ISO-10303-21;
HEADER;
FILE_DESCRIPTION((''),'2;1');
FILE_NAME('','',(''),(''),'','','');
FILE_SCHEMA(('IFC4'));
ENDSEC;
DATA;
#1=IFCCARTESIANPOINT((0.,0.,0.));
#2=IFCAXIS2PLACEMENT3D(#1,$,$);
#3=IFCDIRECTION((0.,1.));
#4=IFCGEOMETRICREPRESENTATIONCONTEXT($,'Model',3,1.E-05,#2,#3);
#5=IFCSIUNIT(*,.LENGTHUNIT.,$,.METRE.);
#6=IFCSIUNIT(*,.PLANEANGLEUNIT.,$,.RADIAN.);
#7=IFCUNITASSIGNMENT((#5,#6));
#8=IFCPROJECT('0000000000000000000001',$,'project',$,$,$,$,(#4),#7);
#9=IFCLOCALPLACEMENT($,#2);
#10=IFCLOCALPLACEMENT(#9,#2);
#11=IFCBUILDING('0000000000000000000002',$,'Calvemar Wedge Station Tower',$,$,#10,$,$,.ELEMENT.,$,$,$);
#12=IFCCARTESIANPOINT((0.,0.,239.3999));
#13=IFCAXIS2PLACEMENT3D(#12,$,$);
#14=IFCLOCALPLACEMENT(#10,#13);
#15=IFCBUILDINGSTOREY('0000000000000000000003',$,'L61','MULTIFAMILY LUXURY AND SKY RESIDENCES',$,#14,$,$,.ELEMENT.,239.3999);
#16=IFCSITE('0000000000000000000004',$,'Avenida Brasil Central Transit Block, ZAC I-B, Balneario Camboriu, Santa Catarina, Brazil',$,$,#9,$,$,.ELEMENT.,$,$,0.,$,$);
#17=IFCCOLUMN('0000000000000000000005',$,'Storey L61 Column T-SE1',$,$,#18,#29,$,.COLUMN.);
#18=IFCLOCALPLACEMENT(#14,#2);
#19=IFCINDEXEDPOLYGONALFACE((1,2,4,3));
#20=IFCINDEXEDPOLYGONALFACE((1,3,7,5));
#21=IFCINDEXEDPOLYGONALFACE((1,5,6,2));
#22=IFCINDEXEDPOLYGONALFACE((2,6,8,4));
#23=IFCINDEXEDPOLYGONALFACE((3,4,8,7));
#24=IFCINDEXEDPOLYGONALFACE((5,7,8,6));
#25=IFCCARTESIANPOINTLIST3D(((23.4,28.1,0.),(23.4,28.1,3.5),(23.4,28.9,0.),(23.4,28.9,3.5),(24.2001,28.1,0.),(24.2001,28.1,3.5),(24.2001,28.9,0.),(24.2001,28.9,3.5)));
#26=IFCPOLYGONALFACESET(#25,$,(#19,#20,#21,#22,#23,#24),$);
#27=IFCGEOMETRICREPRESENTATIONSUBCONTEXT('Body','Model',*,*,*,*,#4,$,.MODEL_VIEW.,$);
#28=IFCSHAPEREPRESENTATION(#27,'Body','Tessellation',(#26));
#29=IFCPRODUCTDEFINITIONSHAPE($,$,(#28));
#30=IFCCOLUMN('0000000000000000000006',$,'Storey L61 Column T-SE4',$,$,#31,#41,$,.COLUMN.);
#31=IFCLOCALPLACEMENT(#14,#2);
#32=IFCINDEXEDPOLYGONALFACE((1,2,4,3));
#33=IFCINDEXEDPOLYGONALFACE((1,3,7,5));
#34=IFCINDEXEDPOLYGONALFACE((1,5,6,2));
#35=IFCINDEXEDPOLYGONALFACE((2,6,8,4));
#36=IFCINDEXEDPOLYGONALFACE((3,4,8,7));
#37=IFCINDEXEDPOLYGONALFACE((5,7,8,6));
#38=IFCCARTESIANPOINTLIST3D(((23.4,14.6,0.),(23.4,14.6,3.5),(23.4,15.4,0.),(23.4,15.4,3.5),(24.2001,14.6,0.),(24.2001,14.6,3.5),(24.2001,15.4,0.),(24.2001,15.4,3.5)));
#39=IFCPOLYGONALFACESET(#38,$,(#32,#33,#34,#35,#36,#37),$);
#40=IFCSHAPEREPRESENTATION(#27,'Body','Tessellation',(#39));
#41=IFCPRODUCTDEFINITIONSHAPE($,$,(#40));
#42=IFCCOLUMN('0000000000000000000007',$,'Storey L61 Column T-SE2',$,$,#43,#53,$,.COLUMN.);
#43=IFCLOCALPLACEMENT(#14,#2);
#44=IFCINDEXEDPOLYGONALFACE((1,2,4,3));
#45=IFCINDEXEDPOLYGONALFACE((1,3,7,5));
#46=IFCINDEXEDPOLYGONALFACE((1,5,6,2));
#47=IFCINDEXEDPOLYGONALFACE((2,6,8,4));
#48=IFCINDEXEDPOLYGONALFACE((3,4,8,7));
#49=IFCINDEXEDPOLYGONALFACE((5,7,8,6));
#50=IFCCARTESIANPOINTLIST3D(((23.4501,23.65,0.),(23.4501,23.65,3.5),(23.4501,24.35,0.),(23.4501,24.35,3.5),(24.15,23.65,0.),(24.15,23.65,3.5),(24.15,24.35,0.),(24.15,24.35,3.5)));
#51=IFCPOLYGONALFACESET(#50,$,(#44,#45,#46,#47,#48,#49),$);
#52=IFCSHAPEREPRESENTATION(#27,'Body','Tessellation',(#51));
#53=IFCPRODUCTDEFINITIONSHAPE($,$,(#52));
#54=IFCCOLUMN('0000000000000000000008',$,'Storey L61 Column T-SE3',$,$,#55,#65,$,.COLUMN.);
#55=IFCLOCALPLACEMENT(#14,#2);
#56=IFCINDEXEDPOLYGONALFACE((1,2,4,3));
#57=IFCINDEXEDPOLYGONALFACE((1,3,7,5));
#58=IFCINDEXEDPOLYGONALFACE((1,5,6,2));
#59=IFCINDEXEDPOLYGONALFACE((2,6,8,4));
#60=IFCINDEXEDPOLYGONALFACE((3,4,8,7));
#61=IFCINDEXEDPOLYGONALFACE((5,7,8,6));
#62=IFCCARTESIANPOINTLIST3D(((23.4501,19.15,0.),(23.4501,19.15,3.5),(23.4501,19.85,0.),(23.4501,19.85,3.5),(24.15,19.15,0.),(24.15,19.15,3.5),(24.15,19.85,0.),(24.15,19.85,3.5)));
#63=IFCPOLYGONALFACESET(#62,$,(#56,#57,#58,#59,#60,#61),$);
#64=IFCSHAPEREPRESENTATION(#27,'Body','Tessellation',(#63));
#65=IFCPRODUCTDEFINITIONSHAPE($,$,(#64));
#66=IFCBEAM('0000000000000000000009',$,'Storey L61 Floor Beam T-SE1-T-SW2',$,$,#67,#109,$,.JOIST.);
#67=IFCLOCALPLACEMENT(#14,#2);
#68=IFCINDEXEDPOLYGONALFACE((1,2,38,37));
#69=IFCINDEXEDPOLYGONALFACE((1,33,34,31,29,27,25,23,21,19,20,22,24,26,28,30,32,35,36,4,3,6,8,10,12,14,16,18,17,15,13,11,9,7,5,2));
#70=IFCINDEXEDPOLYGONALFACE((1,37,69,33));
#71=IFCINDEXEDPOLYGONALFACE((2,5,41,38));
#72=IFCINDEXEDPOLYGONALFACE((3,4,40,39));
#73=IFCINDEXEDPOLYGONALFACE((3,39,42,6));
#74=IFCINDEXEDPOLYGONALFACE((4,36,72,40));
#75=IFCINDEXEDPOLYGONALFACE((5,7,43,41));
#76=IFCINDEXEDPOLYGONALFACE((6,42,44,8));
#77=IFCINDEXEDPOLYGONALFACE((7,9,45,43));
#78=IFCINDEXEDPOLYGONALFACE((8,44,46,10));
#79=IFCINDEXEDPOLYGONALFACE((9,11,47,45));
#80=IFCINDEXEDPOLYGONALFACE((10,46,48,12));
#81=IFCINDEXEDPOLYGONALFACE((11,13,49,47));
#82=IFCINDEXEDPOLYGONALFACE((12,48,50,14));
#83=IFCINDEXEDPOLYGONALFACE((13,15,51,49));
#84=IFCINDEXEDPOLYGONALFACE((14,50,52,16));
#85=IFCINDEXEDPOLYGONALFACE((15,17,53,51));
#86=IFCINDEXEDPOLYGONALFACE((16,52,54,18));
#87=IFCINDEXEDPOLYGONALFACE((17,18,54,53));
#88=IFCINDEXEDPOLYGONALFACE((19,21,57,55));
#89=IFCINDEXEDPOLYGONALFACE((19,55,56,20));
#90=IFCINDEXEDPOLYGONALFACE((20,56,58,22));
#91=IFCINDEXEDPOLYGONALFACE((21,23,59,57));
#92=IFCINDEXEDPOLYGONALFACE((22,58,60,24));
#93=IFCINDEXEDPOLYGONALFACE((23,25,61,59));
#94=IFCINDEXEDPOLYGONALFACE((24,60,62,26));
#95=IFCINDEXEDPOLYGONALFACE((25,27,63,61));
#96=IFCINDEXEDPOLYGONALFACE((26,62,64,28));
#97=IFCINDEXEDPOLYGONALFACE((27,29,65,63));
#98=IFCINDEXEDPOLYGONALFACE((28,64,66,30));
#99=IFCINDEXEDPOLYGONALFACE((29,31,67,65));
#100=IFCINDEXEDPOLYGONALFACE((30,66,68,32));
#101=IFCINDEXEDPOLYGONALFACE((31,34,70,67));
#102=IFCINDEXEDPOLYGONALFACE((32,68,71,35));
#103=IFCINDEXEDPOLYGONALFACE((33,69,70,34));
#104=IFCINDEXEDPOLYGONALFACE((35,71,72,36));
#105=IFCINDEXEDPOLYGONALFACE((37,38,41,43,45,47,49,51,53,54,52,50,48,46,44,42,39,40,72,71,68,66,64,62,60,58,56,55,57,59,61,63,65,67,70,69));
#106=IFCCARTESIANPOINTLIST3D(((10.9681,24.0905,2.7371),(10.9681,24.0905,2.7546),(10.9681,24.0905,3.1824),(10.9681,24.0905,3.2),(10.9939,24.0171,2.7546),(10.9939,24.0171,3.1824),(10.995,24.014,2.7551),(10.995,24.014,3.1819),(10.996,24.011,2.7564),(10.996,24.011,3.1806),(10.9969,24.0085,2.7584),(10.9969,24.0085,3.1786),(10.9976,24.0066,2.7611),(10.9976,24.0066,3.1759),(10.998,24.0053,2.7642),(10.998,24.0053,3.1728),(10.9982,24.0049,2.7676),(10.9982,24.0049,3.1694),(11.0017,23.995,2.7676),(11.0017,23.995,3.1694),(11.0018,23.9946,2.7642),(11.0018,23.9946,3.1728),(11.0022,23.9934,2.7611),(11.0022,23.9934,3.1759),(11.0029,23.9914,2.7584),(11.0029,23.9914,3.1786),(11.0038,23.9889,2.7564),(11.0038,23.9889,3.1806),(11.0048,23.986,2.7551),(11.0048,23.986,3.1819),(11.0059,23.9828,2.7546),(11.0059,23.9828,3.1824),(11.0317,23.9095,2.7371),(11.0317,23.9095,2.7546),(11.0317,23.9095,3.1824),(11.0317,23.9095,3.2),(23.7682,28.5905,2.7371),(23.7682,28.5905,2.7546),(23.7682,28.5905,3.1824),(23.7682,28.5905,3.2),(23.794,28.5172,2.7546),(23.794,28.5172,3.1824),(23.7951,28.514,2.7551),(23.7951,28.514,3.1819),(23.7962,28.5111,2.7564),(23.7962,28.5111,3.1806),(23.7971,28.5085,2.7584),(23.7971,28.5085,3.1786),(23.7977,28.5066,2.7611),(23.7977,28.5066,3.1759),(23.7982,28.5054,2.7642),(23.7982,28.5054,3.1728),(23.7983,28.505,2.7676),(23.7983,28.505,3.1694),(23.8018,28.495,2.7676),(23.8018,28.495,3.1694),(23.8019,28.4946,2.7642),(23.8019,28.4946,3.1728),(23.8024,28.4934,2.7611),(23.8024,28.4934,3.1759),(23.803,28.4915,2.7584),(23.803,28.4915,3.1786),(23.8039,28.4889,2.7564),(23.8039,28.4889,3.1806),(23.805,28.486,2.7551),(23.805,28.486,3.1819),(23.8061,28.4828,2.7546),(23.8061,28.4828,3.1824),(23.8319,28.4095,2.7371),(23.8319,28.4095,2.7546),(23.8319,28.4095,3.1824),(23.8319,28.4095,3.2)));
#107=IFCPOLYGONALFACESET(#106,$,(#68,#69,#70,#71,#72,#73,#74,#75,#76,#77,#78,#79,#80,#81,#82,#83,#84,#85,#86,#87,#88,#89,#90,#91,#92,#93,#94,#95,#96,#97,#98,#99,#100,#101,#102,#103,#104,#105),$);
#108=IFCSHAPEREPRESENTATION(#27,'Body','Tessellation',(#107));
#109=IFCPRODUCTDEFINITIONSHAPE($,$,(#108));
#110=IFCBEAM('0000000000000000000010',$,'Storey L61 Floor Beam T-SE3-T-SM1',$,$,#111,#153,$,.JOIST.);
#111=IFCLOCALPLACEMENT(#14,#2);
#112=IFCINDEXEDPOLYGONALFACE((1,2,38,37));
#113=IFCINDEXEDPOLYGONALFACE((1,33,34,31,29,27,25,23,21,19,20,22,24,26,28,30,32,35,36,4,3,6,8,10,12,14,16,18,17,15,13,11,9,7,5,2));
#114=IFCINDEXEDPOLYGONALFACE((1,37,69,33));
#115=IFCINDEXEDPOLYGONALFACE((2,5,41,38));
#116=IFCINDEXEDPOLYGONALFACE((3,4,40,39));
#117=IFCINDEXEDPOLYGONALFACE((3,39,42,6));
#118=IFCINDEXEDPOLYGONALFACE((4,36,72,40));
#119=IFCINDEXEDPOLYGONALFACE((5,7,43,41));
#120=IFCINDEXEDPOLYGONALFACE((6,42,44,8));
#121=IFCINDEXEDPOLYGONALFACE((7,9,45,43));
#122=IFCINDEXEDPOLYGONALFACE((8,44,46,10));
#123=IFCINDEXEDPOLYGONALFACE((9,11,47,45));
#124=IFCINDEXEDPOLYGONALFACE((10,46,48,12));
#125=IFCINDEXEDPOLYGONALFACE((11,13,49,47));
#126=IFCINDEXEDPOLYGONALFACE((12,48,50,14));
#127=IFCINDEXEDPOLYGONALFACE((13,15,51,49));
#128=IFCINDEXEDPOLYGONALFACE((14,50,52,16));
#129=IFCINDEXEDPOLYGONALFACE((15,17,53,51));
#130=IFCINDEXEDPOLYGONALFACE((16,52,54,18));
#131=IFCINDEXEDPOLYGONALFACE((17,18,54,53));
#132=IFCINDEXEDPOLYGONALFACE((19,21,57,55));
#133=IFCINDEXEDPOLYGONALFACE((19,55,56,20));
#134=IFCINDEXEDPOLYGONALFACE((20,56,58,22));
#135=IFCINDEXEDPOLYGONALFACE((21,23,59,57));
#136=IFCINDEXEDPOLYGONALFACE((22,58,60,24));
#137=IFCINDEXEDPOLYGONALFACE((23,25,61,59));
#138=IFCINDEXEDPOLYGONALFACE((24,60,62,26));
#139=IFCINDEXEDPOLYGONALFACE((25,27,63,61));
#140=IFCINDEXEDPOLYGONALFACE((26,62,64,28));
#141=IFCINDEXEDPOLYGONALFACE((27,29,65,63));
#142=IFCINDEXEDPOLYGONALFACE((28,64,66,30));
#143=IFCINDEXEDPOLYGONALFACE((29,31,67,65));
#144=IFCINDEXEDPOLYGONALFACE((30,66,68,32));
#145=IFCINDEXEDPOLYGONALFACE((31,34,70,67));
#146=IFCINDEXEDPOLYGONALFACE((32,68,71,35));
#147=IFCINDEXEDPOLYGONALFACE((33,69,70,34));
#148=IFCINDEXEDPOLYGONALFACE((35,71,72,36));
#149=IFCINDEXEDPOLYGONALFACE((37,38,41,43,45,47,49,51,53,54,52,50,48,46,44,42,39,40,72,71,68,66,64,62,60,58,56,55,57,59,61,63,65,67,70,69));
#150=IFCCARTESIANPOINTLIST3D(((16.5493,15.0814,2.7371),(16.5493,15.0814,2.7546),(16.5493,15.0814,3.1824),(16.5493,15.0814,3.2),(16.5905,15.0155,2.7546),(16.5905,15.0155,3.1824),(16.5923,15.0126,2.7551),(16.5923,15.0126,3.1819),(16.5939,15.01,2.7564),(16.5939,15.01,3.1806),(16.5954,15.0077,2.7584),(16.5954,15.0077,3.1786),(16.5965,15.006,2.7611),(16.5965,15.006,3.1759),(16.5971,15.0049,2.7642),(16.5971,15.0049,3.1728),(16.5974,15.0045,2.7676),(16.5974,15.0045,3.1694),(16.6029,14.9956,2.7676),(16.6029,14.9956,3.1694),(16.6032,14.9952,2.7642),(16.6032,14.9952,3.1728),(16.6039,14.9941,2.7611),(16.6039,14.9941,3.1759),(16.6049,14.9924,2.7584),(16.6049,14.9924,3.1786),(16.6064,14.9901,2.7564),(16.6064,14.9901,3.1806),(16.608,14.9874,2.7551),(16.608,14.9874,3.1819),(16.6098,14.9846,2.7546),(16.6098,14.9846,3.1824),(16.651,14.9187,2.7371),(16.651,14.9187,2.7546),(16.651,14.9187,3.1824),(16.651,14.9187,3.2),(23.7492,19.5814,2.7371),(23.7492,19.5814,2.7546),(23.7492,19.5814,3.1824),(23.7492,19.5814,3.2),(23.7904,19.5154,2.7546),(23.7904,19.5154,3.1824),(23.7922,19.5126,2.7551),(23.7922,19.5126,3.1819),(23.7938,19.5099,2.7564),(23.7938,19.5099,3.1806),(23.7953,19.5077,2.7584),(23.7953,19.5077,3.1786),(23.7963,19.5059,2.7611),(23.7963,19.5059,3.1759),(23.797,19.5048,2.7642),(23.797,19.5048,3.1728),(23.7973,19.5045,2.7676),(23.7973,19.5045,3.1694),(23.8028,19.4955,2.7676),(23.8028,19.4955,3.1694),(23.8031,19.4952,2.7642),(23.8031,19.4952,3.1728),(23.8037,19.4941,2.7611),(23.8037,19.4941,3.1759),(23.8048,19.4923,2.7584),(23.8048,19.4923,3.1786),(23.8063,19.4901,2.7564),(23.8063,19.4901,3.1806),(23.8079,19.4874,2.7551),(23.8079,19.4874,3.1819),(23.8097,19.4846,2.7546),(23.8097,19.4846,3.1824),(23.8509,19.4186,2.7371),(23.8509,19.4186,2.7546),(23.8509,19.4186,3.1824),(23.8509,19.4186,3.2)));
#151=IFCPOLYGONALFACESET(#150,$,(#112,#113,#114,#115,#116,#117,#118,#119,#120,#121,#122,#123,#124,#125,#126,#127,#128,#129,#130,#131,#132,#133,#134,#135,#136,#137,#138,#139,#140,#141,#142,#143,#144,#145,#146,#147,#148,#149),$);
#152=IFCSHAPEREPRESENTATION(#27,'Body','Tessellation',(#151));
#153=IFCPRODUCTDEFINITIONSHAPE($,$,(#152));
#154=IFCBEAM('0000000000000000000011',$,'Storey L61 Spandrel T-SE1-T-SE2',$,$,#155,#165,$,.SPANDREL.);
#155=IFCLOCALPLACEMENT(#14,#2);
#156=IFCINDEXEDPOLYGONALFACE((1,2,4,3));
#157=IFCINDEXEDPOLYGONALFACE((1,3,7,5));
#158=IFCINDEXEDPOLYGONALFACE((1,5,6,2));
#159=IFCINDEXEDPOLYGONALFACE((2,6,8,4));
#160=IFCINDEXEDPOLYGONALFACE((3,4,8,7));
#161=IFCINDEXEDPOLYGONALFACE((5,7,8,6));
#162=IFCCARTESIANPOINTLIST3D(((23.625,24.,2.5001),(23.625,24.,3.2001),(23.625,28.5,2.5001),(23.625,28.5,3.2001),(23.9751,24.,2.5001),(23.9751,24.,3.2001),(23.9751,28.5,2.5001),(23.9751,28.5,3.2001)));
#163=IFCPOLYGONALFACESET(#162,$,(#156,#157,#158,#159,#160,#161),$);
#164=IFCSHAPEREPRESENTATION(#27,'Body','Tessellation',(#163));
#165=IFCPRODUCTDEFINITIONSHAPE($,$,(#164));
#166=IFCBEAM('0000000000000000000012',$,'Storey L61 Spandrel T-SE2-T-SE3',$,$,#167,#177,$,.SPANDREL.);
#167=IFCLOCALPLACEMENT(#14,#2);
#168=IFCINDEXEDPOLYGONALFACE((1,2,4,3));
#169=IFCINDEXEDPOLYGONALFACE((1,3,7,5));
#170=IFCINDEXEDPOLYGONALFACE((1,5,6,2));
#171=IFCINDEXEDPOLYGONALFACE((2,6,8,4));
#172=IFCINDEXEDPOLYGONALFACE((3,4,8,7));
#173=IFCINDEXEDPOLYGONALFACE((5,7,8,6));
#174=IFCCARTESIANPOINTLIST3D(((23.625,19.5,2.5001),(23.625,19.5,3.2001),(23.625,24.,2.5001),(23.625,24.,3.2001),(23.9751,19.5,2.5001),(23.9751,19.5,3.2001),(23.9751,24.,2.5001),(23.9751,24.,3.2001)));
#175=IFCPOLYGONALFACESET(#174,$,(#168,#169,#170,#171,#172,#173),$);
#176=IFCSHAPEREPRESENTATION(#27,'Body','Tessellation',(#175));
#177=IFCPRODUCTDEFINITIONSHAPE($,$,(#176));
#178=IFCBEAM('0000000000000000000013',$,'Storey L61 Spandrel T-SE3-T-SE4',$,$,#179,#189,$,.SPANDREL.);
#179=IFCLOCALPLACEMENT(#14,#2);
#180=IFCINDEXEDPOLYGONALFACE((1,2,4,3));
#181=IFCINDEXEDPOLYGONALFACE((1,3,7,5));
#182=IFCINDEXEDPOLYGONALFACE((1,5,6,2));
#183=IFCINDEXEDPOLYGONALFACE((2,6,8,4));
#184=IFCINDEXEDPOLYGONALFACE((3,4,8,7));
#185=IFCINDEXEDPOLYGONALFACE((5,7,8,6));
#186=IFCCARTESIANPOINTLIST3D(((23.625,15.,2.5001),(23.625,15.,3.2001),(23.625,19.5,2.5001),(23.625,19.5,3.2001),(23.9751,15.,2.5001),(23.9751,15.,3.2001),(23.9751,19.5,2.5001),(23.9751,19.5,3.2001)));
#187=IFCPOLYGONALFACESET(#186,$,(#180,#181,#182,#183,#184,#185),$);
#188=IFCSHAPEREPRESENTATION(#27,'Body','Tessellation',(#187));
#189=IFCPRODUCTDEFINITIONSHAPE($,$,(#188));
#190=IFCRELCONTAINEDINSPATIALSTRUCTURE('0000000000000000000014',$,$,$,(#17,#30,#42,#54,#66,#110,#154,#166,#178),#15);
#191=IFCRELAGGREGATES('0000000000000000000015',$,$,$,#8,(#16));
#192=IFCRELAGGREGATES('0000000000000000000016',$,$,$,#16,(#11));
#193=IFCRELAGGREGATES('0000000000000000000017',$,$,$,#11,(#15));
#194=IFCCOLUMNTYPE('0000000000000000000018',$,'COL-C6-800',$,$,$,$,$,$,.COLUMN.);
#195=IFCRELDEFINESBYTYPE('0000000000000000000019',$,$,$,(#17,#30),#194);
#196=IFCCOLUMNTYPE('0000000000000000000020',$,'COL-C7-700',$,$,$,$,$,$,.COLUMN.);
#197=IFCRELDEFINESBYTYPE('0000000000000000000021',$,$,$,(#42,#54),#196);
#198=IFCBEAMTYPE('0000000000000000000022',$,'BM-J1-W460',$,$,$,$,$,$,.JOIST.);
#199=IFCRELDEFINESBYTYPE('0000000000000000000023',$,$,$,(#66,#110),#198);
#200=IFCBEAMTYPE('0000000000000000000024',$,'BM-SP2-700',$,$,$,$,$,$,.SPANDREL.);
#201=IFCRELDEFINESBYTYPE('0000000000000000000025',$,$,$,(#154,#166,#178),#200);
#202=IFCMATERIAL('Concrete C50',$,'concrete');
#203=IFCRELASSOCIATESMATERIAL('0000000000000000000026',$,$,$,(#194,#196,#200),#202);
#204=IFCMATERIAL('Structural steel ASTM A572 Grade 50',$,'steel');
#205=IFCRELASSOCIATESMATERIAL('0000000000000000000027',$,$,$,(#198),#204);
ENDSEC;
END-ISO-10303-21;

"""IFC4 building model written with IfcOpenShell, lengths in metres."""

from ifc_helpers import new_model, si_unit, direction, frame, origin, origin_2d, place, context, subcontext, project, spatial, rectangle, i_section, extrude, source, transform, mapped, material, material_profile, profile_set, type_object, element, save


model = new_model("IFC4")

# Units and contexts
model_context = context("Model", 3, precision=1e-05, world=origin(), true_north=direction((0.0, 1.0)))
body_context = subcontext(model_context, "Body", "Model", "MODEL_VIEW")
ifc_project = project(units=[si_unit("LENGTHUNIT", "METRE"), si_unit("PLANEANGLEUNIT", "RADIAN")], contexts=[model_context])

# Site, building, storey
site_placement = place(None, origin())
site = spatial("IfcSite", under=ifc_project, at=site_placement, Name="Avenida Brasil Central Transit Block, ZAC I-B, Balneario Camboriu, Santa Catarina, Brazil", CompositionType="ELEMENT", RefElevation=0.0)
building_placement = place(site_placement, origin())
building = spatial("IfcBuilding", under=site, at=building_placement, Name="Calvemar Wedge Station Tower", CompositionType="ELEMENT")
storey_placement = place(building_placement, frame((0.0, 0.0, 239.3999)))
storey = spatial("IfcBuildingStorey", under=building, at=storey_placement, Name="L61", Description="MULTIFAMILY LUXURY AND SKY RESIDENCES", CompositionType="ELEMENT", Elevation=239.3999)

# Columns
ifc_material_1 = material(Name="Concrete C50", Category="concrete")
ifc_material_profile_1 = material_profile(ifc_material_1, rectangle(XDim=0.8, YDim=0.8, at=origin_2d()), Name="RC800x800")
ifc_profile_set_1 = profile_set([ifc_material_profile_1], Name="Concrete C50")
column_type_1 = type_object("IfcColumnType", Name="COL-C6-800", PredefinedType="COLUMN", material=ifc_profile_set_1)
shared_shape_1 = source(origin(), body_context, "Body", "SweptSolid", [
    extrude(rectangle(XDim=0.8, YDim=0.8, at=origin_2d()), origin(), (0.0, 0.0, 1.0), 3.5),
])
for number, where, z_axis, x_axis, name in (
    (1, (23.8, 28.5, 0.0), (0.0, 0.0, 1.0), (1.0, 0.0, 0.0), "Storey L61 Column T-SE1"),
    (2, (23.8, 15.0, 0.0), (0.0, 0.0, 1.0), (1.0, 0.0, 0.0), "Storey L61 Column T-SE4"),
):
    element("IfcColumn", number, at=place(storey_placement, frame(where, z_axis=z_axis, x_axis=x_axis)), inside=storey, type_object=column_type_1, Name=name, PredefinedType="COLUMN", context=body_context, shape_type="MappedRepresentation", body=[
        mapped(shared_shape_1, transform((0.0, 0.0, 0.0), scale=1.0)),
    ])
ifc_material_profile_2 = material_profile(ifc_material_1, rectangle(XDim=0.7, YDim=0.7, at=origin_2d()), Name="RC700x700")
ifc_profile_set_2 = profile_set([ifc_material_profile_2], Name="Concrete C50")
column_type_2 = type_object("IfcColumnType", Name="COL-C7-700", PredefinedType="COLUMN", material=ifc_profile_set_2)
shared_shape_2 = source(origin(), body_context, "Body", "SweptSolid", [
    extrude(rectangle(XDim=0.7, YDim=0.7, at=origin_2d()), origin(), (0.0, 0.0, 1.0), 3.5),
])
for number, where, z_axis, x_axis, name in (
    (3, (23.8, 24.0, 0.0), (0.0, 0.0, 1.0), (1.0, 0.0, 0.0), "Storey L61 Column T-SE2"),
    (4, (23.8, 19.5, 0.0), (0.0, 0.0, 1.0), (1.0, 0.0, 0.0), "Storey L61 Column T-SE3"),
):
    element("IfcColumn", number, at=place(storey_placement, frame(where, z_axis=z_axis, x_axis=x_axis)), inside=storey, type_object=column_type_2, Name=name, PredefinedType="COLUMN", context=body_context, shape_type="MappedRepresentation", body=[
        mapped(shared_shape_2, transform((0.0, 0.0, 0.0), scale=1.0)),
    ])

# Beams
ifc_material_2 = material(Name="Structural steel ASTM A572 Grade 50", Category="steel")
ifc_material_profile_3 = material_profile(ifc_material_2, i_section(OverallWidth=0.1919, OverallDepth=0.4629, WebThickness=0.0105, FlangeThickness=0.0176, FilletRadius=0.0129, at=origin_2d()), Name="W460x89")
ifc_profile_set_3 = profile_set([ifc_material_profile_3], Name="Structural steel ASTM A572 Grade 50")
beam_type_1 = type_object("IfcBeamType", Name="BM-J1-W460", PredefinedType="JOIST", material=ifc_profile_set_3)
shared_shape_3 = source(origin(), body_context, "Body", "SweptSolid", [
    extrude(i_section(OverallWidth=0.1919, OverallDepth=0.4629, WebThickness=0.0105, FlangeThickness=0.0176, FilletRadius=0.0129, at=origin_2d()), origin(), (0.0, 0.0, 1.0), 13.5681),
])
beam_1_placement = place(storey_placement, frame((23.8, 28.5, 2.9685), z_axis=(-0.943398, -0.331662, 0.0), x_axis=(0.331662, -0.943398, 0.0)))
element("IfcBeam", 5, at=beam_1_placement, inside=storey, type_object=beam_type_1, Name="Storey L61 Floor Beam T-SE1-T-SW2", PredefinedType="JOIST", context=body_context, shape_type="MappedRepresentation", body=[
    mapped(shared_shape_3, transform((0.0, 0.0, 0.0), scale=1.0)),
])
shared_shape_4 = source(origin(), body_context, "Body", "SweptSolid", [
    extrude(i_section(OverallWidth=0.1919, OverallDepth=0.4629, WebThickness=0.0105, FlangeThickness=0.0176, FilletRadius=0.0129, at=origin_2d()), origin(), (0.0, 0.0, 1.0), 8.4905),
])
beam_2_placement = place(storey_placement, frame((23.8, 19.5, 2.9685), z_axis=(-0.847997, -0.530002, 0.0), x_axis=(0.530002, -0.847997, 0.0)))
element("IfcBeam", 6, at=beam_2_placement, inside=storey, type_object=beam_type_1, Name="Storey L61 Floor Beam T-SE3-T-SM1", PredefinedType="JOIST", context=body_context, shape_type="MappedRepresentation", body=[
    mapped(shared_shape_4, transform((0.0, 0.0, 0.0), scale=1.0)),
])
ifc_material_profile_4 = material_profile(ifc_material_1, rectangle(XDim=0.3501, YDim=0.7, at=origin_2d()), Name="RC350x700")
ifc_profile_set_4 = profile_set([ifc_material_profile_4], Name="Concrete C50")
beam_type_2 = type_object("IfcBeamType", Name="BM-SP2-700", PredefinedType="SPANDREL", material=ifc_profile_set_4)
shared_shape_5 = source(origin(), body_context, "Body", "SweptSolid", [
    extrude(rectangle(XDim=0.3501, YDim=0.7, at=origin_2d()), origin(), (0.0, 0.0, 1.0), 4.5),
])
for number, where, z_axis, x_axis, name in (
    (7, (23.8, 28.5, 2.8501), (0.0, -1.0, 0.0), (1.0, 0.0, 0.0), "Storey L61 Spandrel T-SE1-T-SE2"),
    (8, (23.8, 24.0, 2.8501), (0.0, -1.0, 0.0), (1.0, 0.0, 0.0), "Storey L61 Spandrel T-SE2-T-SE3"),
    (9, (23.8, 19.5, 2.8501), (0.0, -1.0, 0.0), (1.0, 0.0, 0.0), "Storey L61 Spandrel T-SE3-T-SE4"),
):
    element("IfcBeam", number, at=place(storey_placement, frame(where, z_axis=z_axis, x_axis=x_axis)), inside=storey, type_object=beam_type_2, Name=name, PredefinedType="SPANDREL", context=body_context, shape_type="MappedRepresentation", body=[
        mapped(shared_shape_5, transform((0.0, 0.0, 0.0), scale=1.0)),
    ])

save(model, "model.ifc")
